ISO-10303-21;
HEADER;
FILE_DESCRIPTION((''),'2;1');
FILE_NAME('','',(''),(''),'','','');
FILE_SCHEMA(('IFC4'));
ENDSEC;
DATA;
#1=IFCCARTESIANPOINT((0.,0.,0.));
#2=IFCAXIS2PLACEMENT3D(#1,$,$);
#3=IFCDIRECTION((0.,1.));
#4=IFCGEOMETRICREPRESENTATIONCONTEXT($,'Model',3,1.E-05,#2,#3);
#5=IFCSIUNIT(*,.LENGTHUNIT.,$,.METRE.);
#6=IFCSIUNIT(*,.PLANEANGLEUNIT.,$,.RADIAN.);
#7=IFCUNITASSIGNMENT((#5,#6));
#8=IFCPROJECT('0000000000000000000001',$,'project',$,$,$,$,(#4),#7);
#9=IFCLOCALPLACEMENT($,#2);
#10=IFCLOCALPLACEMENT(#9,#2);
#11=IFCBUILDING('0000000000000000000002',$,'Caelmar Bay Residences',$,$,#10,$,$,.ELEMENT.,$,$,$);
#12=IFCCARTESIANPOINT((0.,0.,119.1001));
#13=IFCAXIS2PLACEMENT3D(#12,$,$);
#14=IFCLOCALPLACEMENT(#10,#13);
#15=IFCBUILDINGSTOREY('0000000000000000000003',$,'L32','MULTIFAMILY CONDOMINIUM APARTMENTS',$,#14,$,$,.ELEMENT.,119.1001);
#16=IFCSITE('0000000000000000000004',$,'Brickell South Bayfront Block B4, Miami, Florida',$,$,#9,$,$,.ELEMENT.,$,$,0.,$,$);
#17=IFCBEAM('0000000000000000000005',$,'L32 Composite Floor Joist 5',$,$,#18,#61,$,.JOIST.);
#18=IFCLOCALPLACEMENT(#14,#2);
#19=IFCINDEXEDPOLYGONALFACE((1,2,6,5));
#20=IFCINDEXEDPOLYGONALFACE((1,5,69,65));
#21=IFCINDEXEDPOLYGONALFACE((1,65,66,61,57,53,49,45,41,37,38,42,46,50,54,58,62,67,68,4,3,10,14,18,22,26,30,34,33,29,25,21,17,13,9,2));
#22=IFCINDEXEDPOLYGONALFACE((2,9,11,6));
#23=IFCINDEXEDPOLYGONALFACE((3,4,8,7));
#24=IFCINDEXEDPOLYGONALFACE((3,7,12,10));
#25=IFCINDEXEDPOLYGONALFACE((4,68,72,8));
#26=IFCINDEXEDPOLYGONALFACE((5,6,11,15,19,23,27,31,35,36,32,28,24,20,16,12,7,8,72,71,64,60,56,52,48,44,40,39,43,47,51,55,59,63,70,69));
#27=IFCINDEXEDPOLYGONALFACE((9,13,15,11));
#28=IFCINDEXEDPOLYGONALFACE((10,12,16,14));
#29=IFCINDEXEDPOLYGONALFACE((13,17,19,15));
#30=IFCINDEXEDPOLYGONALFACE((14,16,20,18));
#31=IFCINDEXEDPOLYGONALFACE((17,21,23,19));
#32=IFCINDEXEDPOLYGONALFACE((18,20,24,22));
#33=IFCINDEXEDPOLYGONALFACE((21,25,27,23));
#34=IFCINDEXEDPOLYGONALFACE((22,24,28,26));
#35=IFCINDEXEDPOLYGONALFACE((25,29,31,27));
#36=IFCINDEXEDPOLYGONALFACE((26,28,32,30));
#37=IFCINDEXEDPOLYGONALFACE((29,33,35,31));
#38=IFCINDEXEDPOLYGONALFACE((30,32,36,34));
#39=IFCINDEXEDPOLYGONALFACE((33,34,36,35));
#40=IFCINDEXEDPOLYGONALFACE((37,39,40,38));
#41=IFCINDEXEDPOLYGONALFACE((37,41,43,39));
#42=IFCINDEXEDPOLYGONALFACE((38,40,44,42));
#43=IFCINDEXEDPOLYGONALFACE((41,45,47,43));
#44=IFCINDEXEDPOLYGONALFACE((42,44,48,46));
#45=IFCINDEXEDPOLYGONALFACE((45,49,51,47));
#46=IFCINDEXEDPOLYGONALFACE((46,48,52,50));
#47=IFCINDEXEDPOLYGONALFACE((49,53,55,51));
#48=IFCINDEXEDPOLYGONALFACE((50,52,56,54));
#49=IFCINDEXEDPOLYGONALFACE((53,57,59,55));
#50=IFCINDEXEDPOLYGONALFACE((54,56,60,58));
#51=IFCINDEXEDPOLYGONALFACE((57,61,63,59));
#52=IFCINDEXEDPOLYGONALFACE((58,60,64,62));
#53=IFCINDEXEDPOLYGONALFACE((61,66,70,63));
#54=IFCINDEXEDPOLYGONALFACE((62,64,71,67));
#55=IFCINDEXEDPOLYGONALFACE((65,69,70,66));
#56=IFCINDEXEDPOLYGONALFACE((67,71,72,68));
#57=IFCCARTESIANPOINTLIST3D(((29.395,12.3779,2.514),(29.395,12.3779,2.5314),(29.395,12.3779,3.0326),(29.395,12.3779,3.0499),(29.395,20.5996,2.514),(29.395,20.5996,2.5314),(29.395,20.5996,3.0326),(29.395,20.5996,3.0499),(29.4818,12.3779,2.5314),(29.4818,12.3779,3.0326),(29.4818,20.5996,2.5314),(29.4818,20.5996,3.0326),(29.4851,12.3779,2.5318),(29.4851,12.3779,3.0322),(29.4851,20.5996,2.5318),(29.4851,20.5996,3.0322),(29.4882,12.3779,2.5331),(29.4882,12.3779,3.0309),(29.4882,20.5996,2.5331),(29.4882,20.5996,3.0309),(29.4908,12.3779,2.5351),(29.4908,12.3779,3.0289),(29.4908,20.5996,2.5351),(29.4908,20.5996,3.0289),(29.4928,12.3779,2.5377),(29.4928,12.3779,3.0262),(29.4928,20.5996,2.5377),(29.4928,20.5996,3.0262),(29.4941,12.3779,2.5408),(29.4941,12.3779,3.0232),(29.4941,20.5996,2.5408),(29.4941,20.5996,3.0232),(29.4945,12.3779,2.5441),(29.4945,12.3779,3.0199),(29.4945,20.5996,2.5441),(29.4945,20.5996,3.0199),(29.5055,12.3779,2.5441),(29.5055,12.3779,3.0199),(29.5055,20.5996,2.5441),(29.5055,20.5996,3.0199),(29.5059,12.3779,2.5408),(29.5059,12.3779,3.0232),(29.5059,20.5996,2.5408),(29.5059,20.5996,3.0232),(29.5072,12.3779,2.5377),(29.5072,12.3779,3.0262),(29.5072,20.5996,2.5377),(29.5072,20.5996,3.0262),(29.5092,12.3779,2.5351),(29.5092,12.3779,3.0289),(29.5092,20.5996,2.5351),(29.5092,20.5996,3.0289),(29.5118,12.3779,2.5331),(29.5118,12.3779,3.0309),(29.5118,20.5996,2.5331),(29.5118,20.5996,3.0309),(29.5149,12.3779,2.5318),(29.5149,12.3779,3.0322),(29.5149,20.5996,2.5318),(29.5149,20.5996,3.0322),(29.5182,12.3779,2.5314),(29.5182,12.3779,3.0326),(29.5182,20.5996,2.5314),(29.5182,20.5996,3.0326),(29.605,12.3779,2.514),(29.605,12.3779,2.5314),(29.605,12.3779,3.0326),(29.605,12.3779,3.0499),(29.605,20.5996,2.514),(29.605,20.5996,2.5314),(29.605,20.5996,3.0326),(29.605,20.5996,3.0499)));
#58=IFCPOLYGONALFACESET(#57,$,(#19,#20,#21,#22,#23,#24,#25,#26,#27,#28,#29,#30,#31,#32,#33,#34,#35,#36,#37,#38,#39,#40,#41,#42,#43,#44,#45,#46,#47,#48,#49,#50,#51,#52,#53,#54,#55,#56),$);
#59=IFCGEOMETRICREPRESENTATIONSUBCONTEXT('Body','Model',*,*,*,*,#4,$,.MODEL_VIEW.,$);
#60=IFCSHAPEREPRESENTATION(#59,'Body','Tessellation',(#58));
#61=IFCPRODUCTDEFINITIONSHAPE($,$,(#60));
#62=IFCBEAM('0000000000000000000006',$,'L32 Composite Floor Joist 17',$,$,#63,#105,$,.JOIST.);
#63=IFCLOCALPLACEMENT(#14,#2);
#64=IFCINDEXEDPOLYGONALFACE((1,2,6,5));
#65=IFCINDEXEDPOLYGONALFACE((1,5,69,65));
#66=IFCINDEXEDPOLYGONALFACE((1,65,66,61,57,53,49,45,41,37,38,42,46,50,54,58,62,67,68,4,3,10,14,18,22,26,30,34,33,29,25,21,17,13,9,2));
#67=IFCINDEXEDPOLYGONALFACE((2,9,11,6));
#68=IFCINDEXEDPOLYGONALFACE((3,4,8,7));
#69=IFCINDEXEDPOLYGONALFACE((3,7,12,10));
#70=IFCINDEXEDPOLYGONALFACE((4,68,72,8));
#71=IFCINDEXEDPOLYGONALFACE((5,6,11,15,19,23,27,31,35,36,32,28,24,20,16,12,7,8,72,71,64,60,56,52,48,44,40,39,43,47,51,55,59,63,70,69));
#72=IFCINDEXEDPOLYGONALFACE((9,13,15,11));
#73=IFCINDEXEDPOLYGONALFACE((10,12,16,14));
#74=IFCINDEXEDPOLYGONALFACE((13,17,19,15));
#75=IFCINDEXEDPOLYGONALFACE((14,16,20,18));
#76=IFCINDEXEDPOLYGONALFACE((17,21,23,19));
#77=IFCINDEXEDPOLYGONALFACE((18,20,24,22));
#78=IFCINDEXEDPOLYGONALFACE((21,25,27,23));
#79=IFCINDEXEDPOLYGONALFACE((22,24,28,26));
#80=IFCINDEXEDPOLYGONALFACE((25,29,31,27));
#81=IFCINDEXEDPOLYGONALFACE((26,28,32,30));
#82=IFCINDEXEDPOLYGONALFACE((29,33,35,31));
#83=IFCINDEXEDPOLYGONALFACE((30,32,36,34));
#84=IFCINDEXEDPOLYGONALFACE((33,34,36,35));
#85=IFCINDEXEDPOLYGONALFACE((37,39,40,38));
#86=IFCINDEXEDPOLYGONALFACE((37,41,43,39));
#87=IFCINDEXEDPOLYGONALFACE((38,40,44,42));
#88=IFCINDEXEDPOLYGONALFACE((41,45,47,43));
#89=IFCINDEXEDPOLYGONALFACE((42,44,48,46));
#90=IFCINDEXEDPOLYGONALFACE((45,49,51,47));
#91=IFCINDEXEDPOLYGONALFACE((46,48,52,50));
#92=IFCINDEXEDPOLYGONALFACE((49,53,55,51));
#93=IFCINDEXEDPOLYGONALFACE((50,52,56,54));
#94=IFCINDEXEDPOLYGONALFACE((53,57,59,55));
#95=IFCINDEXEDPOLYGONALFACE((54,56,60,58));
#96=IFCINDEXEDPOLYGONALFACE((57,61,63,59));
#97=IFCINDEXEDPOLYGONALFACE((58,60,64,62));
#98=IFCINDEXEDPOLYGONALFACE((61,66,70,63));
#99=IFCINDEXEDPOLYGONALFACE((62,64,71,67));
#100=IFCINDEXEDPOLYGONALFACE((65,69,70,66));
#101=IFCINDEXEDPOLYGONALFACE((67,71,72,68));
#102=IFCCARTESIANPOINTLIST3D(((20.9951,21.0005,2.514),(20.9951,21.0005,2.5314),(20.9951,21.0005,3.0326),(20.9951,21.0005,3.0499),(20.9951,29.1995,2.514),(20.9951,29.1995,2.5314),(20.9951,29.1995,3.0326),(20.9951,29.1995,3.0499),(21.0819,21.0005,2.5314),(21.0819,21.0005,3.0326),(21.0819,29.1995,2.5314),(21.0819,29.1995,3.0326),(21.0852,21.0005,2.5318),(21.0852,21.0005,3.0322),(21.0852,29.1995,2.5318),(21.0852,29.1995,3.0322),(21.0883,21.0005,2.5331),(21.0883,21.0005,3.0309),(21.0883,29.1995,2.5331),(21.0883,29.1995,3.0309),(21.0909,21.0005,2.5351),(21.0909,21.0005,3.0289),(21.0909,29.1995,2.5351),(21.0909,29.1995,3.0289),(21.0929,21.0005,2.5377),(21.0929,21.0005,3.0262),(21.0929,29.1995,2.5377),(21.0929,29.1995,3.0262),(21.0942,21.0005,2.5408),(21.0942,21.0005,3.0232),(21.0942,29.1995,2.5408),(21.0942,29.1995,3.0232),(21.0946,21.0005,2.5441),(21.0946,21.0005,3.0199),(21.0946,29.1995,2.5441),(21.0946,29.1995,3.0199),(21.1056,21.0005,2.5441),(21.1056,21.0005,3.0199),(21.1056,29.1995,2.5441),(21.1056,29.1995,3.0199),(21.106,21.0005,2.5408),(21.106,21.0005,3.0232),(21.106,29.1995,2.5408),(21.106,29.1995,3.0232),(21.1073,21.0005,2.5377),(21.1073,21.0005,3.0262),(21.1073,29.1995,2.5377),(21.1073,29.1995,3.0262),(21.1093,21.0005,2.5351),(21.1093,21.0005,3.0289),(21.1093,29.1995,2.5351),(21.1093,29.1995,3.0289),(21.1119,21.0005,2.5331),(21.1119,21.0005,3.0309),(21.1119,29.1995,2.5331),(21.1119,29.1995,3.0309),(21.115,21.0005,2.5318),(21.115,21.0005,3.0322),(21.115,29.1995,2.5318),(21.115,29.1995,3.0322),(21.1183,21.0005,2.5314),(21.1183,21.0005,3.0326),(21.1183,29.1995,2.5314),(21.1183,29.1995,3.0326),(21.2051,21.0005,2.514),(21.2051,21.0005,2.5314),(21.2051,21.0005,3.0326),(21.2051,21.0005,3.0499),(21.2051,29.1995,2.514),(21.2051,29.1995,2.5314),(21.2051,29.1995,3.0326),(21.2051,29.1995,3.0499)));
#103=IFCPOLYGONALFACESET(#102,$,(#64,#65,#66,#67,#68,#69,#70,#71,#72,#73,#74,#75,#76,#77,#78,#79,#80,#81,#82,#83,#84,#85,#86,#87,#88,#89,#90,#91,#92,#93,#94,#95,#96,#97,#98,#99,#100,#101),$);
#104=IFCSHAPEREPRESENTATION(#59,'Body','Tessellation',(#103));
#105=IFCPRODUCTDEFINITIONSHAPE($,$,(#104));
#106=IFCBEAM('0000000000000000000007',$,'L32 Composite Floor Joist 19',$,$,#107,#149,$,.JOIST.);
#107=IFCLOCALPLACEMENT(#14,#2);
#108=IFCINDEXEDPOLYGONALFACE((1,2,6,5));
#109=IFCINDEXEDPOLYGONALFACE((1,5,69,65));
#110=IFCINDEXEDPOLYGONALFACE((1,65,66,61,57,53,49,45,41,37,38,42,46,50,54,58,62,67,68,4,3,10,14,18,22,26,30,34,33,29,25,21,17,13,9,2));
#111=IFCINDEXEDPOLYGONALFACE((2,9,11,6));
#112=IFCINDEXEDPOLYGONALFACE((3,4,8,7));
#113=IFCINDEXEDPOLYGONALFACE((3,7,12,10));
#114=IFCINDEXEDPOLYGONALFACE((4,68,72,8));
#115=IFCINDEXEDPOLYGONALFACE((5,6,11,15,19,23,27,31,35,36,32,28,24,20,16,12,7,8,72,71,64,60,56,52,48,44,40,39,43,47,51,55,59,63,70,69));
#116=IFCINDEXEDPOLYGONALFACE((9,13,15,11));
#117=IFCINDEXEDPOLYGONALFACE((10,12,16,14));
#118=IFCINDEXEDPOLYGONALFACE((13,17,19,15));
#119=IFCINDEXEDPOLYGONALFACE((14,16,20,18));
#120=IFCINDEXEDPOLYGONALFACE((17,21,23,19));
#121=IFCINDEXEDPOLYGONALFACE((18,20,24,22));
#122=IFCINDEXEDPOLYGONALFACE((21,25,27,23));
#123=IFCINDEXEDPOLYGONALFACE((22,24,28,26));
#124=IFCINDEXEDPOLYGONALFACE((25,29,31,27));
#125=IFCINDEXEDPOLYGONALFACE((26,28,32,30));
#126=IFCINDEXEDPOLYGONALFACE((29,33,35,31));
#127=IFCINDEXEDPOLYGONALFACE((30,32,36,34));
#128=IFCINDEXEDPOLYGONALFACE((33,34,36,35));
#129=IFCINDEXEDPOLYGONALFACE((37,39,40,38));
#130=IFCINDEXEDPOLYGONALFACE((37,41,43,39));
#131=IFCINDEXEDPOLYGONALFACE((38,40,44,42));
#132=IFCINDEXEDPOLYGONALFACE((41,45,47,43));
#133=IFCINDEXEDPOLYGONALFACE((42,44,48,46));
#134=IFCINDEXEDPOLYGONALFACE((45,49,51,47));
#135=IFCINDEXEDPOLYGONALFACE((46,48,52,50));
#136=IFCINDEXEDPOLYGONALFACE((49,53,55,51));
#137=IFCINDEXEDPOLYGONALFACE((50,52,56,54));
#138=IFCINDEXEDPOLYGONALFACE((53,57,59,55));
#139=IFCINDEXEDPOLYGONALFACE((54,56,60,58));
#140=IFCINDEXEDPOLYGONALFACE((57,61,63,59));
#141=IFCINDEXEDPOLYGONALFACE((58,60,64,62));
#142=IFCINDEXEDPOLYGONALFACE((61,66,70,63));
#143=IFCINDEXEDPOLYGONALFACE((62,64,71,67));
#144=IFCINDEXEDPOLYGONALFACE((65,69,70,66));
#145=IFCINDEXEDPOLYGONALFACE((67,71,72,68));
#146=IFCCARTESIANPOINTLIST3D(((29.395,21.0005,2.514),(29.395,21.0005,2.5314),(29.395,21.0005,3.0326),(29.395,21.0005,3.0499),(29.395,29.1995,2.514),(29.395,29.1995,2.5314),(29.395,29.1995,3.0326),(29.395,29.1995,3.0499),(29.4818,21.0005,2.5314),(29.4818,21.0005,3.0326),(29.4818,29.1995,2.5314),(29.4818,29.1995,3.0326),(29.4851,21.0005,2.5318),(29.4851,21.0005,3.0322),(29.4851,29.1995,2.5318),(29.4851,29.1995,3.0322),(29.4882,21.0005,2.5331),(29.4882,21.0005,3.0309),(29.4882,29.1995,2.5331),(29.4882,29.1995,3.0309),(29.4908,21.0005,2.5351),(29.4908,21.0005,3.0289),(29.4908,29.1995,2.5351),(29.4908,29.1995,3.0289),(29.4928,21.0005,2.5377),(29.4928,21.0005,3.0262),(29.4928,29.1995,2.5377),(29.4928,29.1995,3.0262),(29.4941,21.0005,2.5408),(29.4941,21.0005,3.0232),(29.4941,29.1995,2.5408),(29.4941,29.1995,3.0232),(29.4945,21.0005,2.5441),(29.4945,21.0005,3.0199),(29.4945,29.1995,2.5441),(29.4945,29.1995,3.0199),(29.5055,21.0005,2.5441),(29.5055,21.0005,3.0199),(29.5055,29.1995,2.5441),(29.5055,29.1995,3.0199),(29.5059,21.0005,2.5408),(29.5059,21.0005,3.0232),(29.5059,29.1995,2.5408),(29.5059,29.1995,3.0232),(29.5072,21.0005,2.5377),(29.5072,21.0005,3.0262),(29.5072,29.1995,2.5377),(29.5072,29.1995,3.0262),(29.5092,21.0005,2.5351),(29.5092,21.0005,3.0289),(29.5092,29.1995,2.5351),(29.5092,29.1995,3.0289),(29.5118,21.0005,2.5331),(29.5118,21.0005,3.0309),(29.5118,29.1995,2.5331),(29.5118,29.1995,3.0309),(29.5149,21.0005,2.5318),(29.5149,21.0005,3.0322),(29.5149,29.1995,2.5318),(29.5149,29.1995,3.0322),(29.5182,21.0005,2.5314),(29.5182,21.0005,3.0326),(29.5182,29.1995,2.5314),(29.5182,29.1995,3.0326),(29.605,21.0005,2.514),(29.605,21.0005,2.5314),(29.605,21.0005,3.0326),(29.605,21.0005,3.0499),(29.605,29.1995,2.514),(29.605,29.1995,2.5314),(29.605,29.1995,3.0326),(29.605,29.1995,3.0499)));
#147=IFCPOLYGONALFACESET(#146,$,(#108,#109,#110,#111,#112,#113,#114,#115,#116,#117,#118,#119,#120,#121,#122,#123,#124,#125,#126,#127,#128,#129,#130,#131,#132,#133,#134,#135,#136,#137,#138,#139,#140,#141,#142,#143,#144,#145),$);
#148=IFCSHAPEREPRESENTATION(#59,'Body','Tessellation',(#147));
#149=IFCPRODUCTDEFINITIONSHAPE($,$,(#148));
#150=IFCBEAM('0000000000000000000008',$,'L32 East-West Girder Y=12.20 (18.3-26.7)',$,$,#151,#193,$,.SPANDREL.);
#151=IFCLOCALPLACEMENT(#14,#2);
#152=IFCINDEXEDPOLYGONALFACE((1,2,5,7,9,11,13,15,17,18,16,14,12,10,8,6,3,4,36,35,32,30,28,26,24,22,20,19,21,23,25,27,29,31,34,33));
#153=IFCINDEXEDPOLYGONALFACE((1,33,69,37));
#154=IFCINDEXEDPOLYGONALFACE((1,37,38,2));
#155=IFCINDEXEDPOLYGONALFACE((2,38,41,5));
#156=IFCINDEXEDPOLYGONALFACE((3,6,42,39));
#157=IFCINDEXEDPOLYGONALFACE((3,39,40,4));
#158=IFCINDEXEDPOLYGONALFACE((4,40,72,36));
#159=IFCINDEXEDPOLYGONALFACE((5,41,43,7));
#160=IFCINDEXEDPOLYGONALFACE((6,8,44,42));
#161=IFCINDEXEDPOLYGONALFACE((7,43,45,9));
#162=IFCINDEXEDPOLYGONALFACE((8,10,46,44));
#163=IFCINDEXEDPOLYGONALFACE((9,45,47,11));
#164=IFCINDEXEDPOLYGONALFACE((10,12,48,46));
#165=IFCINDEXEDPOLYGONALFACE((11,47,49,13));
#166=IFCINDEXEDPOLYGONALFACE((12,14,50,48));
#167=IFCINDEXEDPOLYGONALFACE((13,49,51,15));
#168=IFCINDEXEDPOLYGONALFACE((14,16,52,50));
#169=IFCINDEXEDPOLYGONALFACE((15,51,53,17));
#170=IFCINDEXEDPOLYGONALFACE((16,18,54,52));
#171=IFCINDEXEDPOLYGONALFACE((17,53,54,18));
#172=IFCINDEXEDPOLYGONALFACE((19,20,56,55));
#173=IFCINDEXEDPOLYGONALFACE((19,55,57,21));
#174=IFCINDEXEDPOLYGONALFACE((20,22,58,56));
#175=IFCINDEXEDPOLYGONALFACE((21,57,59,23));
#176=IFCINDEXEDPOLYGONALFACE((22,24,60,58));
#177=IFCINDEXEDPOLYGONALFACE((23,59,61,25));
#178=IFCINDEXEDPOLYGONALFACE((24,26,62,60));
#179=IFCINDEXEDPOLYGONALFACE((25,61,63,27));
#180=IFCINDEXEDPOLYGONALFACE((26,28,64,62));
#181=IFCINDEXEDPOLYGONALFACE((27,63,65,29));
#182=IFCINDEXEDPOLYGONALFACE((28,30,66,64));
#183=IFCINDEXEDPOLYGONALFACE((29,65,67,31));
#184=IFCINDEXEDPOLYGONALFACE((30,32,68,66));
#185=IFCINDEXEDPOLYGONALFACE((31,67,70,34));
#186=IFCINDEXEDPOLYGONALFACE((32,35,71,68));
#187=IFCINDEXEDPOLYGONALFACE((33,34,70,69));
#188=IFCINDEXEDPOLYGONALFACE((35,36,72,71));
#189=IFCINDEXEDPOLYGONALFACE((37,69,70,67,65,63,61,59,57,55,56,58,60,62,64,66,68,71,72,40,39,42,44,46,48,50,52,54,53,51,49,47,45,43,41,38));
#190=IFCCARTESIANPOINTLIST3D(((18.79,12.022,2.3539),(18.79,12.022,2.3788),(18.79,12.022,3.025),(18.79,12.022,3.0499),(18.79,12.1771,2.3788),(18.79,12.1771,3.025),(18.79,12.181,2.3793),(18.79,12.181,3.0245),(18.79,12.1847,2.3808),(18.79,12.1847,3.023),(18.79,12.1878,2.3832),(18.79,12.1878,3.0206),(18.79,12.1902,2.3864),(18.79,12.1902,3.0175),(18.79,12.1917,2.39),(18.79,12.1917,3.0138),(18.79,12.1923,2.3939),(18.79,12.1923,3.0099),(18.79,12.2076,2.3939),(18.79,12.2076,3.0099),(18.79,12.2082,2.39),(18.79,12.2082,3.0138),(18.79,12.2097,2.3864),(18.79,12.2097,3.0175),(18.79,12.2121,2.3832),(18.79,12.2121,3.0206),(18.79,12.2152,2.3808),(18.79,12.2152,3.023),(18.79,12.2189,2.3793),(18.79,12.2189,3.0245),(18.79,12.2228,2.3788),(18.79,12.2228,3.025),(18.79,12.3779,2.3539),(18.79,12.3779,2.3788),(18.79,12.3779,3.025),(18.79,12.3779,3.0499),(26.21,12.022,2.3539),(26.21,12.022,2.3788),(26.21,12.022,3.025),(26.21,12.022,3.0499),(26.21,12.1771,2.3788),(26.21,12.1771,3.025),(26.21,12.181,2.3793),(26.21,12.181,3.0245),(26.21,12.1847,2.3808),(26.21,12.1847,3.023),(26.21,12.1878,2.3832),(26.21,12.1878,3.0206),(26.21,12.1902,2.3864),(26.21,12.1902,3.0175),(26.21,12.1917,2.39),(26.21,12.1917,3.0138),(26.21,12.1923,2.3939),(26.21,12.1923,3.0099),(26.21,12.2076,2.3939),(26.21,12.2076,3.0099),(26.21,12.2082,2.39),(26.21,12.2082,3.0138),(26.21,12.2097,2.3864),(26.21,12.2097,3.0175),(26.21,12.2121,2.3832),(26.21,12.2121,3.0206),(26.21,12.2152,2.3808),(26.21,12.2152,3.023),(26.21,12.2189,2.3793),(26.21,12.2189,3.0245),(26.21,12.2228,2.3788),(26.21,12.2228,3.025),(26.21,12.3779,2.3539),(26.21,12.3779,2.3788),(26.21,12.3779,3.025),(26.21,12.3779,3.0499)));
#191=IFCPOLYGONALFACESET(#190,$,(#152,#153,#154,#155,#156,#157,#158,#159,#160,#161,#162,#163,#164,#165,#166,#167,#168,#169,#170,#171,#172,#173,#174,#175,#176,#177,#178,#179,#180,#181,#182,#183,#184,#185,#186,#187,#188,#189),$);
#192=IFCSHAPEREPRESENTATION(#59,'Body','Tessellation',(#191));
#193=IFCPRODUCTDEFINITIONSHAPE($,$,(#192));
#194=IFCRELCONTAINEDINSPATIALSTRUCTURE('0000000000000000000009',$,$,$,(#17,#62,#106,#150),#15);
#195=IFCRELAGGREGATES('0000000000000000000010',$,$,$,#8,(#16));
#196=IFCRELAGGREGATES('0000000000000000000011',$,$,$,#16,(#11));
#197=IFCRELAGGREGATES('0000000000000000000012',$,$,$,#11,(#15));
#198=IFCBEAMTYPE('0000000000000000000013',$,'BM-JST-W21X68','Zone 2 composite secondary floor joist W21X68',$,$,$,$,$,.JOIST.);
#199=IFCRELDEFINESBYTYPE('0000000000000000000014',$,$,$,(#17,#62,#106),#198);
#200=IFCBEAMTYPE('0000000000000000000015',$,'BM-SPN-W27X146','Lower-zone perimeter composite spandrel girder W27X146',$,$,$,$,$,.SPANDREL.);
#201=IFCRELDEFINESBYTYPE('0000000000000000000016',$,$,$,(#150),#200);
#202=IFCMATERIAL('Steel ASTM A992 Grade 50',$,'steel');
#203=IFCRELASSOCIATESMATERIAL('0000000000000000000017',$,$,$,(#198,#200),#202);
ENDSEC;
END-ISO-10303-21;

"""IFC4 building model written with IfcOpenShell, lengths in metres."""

from ifc_helpers import new_model, si_unit, direction, frame, origin, origin_2d, place, context, subcontext, project, spatial, i_section, extrude, material, material_profile, profile_set, type_object, element, save


model = new_model("IFC4")

# Units and contexts
model_context = context("Model", 3, precision=1e-05, world=origin(), true_north=direction((0.0, 1.0)))
body_context = subcontext(model_context, "Body", "Model", "MODEL_VIEW")
ifc_project = project(units=[si_unit("LENGTHUNIT", "METRE"), si_unit("PLANEANGLEUNIT", "RADIAN")], contexts=[model_context])

# Site, building, storey
site_placement = place(None, origin())
site = spatial("IfcSite", under=ifc_project, at=site_placement, Name="Brickell South Bayfront Block B4, Miami, Florida", CompositionType="ELEMENT", RefElevation=0.0)
building_placement = place(site_placement, origin())
building = spatial("IfcBuilding", under=site, at=building_placement, Name="Caelmar Bay Residences", CompositionType="ELEMENT")
storey_placement = place(building_placement, frame((0.0, 0.0, 119.1001)))
storey = spatial("IfcBuildingStorey", under=building, at=storey_placement, Name="L32", Description="MULTIFAMILY CONDOMINIUM APARTMENTS", CompositionType="ELEMENT", Elevation=119.1001)

# Beams
ifc_material_1 = material(Name="Steel ASTM A992 Grade 50", Category="steel")
ifc_material_profile_1 = material_profile(ifc_material_1, i_section(OverallWidth=0.21, OverallDepth=0.5359, WebThickness=0.011, FlangeThickness=0.0173, FilletRadius=0.0127, at=origin_2d()), Name="W21X68")
ifc_profile_set_1 = profile_set([ifc_material_profile_1], Name="Steel ASTM A992 Grade 50")
beam_type_1 = type_object("IfcBeamType", Name="BM-JST-W21X68", Description="Zone 2 composite secondary floor joist W21X68", PredefinedType="JOIST", material=ifc_profile_set_1)
for number, where, z_axis, x_axis, name in (
    (1, (29.5, 12.3779, 2.782), (0.0, 1.0, 0.0), (-1.0, 0.0, 0.0), "L32 Composite Floor Joist 5"),
):
    element("IfcBeam", number, at=place(storey_placement, frame(where, z_axis=z_axis, x_axis=x_axis)), inside=storey, type_object=beam_type_1, Name=name, PredefinedType="JOIST", context=body_context, shape_type="SweptSolid", body=[
        extrude(i_section(OverallWidth=0.21, OverallDepth=0.5359, WebThickness=0.011, FlangeThickness=0.0173, FilletRadius=0.0127, at=origin_2d()), origin(), (0.0, 0.0, 1.0), 8.2217),
    ])
for number, where, z_axis, x_axis, name in (
    (2, (21.1001, 21.0005, 2.782), (0.0, 1.0, 0.0), (-1.0, 0.0, 0.0), "L32 Composite Floor Joist 17"),
    (3, (29.5, 21.0005, 2.782), (0.0, 1.0, 0.0), (-1.0, 0.0, 0.0), "L32 Composite Floor Joist 19"),
):
    element("IfcBeam", number, at=place(storey_placement, frame(where, z_axis=z_axis, x_axis=x_axis)), inside=storey, type_object=beam_type_1, Name=name, PredefinedType="JOIST", context=body_context, shape_type="SweptSolid", body=[
        extrude(i_section(OverallWidth=0.21, OverallDepth=0.5359, WebThickness=0.011, FlangeThickness=0.0173, FilletRadius=0.0127, at=origin_2d()), origin(), (0.0, 0.0, 1.0), 8.199),
    ])
ifc_material_profile_2 = material_profile(ifc_material_1, i_section(OverallWidth=0.356, OverallDepth=0.696, WebThickness=0.0154, FlangeThickness=0.0249, FilletRadius=0.0151, at=origin_2d()), Name="W27X146")
ifc_profile_set_2 = profile_set([ifc_material_profile_2], Name="Steel ASTM A992 Grade 50")
beam_type_2 = type_object("IfcBeamType", Name="BM-SPN-W27X146", Description="Lower-zone perimeter composite spandrel girder W27X146", PredefinedType="SPANDREL", material=ifc_profile_set_2)
beam_1_placement = place(storey_placement, frame((18.79, 12.2, 2.7019), z_axis=(1.0, 0.0, 0.0), x_axis=(0.0, 1.0, 0.0)))
element("IfcBeam", 4, at=beam_1_placement, inside=storey, type_object=beam_type_2, Name="L32 East-West Girder Y=12.20 (18.3-26.7)", PredefinedType="SPANDREL", context=body_context, shape_type="SweptSolid", body=[
    extrude(i_section(OverallWidth=0.356, OverallDepth=0.696, WebThickness=0.0154, FlangeThickness=0.0249, FilletRadius=0.0151, at=origin_2d()), origin(), (0.0, 0.0, 1.0), 7.4199),
])

save(model, "model.ifc")
